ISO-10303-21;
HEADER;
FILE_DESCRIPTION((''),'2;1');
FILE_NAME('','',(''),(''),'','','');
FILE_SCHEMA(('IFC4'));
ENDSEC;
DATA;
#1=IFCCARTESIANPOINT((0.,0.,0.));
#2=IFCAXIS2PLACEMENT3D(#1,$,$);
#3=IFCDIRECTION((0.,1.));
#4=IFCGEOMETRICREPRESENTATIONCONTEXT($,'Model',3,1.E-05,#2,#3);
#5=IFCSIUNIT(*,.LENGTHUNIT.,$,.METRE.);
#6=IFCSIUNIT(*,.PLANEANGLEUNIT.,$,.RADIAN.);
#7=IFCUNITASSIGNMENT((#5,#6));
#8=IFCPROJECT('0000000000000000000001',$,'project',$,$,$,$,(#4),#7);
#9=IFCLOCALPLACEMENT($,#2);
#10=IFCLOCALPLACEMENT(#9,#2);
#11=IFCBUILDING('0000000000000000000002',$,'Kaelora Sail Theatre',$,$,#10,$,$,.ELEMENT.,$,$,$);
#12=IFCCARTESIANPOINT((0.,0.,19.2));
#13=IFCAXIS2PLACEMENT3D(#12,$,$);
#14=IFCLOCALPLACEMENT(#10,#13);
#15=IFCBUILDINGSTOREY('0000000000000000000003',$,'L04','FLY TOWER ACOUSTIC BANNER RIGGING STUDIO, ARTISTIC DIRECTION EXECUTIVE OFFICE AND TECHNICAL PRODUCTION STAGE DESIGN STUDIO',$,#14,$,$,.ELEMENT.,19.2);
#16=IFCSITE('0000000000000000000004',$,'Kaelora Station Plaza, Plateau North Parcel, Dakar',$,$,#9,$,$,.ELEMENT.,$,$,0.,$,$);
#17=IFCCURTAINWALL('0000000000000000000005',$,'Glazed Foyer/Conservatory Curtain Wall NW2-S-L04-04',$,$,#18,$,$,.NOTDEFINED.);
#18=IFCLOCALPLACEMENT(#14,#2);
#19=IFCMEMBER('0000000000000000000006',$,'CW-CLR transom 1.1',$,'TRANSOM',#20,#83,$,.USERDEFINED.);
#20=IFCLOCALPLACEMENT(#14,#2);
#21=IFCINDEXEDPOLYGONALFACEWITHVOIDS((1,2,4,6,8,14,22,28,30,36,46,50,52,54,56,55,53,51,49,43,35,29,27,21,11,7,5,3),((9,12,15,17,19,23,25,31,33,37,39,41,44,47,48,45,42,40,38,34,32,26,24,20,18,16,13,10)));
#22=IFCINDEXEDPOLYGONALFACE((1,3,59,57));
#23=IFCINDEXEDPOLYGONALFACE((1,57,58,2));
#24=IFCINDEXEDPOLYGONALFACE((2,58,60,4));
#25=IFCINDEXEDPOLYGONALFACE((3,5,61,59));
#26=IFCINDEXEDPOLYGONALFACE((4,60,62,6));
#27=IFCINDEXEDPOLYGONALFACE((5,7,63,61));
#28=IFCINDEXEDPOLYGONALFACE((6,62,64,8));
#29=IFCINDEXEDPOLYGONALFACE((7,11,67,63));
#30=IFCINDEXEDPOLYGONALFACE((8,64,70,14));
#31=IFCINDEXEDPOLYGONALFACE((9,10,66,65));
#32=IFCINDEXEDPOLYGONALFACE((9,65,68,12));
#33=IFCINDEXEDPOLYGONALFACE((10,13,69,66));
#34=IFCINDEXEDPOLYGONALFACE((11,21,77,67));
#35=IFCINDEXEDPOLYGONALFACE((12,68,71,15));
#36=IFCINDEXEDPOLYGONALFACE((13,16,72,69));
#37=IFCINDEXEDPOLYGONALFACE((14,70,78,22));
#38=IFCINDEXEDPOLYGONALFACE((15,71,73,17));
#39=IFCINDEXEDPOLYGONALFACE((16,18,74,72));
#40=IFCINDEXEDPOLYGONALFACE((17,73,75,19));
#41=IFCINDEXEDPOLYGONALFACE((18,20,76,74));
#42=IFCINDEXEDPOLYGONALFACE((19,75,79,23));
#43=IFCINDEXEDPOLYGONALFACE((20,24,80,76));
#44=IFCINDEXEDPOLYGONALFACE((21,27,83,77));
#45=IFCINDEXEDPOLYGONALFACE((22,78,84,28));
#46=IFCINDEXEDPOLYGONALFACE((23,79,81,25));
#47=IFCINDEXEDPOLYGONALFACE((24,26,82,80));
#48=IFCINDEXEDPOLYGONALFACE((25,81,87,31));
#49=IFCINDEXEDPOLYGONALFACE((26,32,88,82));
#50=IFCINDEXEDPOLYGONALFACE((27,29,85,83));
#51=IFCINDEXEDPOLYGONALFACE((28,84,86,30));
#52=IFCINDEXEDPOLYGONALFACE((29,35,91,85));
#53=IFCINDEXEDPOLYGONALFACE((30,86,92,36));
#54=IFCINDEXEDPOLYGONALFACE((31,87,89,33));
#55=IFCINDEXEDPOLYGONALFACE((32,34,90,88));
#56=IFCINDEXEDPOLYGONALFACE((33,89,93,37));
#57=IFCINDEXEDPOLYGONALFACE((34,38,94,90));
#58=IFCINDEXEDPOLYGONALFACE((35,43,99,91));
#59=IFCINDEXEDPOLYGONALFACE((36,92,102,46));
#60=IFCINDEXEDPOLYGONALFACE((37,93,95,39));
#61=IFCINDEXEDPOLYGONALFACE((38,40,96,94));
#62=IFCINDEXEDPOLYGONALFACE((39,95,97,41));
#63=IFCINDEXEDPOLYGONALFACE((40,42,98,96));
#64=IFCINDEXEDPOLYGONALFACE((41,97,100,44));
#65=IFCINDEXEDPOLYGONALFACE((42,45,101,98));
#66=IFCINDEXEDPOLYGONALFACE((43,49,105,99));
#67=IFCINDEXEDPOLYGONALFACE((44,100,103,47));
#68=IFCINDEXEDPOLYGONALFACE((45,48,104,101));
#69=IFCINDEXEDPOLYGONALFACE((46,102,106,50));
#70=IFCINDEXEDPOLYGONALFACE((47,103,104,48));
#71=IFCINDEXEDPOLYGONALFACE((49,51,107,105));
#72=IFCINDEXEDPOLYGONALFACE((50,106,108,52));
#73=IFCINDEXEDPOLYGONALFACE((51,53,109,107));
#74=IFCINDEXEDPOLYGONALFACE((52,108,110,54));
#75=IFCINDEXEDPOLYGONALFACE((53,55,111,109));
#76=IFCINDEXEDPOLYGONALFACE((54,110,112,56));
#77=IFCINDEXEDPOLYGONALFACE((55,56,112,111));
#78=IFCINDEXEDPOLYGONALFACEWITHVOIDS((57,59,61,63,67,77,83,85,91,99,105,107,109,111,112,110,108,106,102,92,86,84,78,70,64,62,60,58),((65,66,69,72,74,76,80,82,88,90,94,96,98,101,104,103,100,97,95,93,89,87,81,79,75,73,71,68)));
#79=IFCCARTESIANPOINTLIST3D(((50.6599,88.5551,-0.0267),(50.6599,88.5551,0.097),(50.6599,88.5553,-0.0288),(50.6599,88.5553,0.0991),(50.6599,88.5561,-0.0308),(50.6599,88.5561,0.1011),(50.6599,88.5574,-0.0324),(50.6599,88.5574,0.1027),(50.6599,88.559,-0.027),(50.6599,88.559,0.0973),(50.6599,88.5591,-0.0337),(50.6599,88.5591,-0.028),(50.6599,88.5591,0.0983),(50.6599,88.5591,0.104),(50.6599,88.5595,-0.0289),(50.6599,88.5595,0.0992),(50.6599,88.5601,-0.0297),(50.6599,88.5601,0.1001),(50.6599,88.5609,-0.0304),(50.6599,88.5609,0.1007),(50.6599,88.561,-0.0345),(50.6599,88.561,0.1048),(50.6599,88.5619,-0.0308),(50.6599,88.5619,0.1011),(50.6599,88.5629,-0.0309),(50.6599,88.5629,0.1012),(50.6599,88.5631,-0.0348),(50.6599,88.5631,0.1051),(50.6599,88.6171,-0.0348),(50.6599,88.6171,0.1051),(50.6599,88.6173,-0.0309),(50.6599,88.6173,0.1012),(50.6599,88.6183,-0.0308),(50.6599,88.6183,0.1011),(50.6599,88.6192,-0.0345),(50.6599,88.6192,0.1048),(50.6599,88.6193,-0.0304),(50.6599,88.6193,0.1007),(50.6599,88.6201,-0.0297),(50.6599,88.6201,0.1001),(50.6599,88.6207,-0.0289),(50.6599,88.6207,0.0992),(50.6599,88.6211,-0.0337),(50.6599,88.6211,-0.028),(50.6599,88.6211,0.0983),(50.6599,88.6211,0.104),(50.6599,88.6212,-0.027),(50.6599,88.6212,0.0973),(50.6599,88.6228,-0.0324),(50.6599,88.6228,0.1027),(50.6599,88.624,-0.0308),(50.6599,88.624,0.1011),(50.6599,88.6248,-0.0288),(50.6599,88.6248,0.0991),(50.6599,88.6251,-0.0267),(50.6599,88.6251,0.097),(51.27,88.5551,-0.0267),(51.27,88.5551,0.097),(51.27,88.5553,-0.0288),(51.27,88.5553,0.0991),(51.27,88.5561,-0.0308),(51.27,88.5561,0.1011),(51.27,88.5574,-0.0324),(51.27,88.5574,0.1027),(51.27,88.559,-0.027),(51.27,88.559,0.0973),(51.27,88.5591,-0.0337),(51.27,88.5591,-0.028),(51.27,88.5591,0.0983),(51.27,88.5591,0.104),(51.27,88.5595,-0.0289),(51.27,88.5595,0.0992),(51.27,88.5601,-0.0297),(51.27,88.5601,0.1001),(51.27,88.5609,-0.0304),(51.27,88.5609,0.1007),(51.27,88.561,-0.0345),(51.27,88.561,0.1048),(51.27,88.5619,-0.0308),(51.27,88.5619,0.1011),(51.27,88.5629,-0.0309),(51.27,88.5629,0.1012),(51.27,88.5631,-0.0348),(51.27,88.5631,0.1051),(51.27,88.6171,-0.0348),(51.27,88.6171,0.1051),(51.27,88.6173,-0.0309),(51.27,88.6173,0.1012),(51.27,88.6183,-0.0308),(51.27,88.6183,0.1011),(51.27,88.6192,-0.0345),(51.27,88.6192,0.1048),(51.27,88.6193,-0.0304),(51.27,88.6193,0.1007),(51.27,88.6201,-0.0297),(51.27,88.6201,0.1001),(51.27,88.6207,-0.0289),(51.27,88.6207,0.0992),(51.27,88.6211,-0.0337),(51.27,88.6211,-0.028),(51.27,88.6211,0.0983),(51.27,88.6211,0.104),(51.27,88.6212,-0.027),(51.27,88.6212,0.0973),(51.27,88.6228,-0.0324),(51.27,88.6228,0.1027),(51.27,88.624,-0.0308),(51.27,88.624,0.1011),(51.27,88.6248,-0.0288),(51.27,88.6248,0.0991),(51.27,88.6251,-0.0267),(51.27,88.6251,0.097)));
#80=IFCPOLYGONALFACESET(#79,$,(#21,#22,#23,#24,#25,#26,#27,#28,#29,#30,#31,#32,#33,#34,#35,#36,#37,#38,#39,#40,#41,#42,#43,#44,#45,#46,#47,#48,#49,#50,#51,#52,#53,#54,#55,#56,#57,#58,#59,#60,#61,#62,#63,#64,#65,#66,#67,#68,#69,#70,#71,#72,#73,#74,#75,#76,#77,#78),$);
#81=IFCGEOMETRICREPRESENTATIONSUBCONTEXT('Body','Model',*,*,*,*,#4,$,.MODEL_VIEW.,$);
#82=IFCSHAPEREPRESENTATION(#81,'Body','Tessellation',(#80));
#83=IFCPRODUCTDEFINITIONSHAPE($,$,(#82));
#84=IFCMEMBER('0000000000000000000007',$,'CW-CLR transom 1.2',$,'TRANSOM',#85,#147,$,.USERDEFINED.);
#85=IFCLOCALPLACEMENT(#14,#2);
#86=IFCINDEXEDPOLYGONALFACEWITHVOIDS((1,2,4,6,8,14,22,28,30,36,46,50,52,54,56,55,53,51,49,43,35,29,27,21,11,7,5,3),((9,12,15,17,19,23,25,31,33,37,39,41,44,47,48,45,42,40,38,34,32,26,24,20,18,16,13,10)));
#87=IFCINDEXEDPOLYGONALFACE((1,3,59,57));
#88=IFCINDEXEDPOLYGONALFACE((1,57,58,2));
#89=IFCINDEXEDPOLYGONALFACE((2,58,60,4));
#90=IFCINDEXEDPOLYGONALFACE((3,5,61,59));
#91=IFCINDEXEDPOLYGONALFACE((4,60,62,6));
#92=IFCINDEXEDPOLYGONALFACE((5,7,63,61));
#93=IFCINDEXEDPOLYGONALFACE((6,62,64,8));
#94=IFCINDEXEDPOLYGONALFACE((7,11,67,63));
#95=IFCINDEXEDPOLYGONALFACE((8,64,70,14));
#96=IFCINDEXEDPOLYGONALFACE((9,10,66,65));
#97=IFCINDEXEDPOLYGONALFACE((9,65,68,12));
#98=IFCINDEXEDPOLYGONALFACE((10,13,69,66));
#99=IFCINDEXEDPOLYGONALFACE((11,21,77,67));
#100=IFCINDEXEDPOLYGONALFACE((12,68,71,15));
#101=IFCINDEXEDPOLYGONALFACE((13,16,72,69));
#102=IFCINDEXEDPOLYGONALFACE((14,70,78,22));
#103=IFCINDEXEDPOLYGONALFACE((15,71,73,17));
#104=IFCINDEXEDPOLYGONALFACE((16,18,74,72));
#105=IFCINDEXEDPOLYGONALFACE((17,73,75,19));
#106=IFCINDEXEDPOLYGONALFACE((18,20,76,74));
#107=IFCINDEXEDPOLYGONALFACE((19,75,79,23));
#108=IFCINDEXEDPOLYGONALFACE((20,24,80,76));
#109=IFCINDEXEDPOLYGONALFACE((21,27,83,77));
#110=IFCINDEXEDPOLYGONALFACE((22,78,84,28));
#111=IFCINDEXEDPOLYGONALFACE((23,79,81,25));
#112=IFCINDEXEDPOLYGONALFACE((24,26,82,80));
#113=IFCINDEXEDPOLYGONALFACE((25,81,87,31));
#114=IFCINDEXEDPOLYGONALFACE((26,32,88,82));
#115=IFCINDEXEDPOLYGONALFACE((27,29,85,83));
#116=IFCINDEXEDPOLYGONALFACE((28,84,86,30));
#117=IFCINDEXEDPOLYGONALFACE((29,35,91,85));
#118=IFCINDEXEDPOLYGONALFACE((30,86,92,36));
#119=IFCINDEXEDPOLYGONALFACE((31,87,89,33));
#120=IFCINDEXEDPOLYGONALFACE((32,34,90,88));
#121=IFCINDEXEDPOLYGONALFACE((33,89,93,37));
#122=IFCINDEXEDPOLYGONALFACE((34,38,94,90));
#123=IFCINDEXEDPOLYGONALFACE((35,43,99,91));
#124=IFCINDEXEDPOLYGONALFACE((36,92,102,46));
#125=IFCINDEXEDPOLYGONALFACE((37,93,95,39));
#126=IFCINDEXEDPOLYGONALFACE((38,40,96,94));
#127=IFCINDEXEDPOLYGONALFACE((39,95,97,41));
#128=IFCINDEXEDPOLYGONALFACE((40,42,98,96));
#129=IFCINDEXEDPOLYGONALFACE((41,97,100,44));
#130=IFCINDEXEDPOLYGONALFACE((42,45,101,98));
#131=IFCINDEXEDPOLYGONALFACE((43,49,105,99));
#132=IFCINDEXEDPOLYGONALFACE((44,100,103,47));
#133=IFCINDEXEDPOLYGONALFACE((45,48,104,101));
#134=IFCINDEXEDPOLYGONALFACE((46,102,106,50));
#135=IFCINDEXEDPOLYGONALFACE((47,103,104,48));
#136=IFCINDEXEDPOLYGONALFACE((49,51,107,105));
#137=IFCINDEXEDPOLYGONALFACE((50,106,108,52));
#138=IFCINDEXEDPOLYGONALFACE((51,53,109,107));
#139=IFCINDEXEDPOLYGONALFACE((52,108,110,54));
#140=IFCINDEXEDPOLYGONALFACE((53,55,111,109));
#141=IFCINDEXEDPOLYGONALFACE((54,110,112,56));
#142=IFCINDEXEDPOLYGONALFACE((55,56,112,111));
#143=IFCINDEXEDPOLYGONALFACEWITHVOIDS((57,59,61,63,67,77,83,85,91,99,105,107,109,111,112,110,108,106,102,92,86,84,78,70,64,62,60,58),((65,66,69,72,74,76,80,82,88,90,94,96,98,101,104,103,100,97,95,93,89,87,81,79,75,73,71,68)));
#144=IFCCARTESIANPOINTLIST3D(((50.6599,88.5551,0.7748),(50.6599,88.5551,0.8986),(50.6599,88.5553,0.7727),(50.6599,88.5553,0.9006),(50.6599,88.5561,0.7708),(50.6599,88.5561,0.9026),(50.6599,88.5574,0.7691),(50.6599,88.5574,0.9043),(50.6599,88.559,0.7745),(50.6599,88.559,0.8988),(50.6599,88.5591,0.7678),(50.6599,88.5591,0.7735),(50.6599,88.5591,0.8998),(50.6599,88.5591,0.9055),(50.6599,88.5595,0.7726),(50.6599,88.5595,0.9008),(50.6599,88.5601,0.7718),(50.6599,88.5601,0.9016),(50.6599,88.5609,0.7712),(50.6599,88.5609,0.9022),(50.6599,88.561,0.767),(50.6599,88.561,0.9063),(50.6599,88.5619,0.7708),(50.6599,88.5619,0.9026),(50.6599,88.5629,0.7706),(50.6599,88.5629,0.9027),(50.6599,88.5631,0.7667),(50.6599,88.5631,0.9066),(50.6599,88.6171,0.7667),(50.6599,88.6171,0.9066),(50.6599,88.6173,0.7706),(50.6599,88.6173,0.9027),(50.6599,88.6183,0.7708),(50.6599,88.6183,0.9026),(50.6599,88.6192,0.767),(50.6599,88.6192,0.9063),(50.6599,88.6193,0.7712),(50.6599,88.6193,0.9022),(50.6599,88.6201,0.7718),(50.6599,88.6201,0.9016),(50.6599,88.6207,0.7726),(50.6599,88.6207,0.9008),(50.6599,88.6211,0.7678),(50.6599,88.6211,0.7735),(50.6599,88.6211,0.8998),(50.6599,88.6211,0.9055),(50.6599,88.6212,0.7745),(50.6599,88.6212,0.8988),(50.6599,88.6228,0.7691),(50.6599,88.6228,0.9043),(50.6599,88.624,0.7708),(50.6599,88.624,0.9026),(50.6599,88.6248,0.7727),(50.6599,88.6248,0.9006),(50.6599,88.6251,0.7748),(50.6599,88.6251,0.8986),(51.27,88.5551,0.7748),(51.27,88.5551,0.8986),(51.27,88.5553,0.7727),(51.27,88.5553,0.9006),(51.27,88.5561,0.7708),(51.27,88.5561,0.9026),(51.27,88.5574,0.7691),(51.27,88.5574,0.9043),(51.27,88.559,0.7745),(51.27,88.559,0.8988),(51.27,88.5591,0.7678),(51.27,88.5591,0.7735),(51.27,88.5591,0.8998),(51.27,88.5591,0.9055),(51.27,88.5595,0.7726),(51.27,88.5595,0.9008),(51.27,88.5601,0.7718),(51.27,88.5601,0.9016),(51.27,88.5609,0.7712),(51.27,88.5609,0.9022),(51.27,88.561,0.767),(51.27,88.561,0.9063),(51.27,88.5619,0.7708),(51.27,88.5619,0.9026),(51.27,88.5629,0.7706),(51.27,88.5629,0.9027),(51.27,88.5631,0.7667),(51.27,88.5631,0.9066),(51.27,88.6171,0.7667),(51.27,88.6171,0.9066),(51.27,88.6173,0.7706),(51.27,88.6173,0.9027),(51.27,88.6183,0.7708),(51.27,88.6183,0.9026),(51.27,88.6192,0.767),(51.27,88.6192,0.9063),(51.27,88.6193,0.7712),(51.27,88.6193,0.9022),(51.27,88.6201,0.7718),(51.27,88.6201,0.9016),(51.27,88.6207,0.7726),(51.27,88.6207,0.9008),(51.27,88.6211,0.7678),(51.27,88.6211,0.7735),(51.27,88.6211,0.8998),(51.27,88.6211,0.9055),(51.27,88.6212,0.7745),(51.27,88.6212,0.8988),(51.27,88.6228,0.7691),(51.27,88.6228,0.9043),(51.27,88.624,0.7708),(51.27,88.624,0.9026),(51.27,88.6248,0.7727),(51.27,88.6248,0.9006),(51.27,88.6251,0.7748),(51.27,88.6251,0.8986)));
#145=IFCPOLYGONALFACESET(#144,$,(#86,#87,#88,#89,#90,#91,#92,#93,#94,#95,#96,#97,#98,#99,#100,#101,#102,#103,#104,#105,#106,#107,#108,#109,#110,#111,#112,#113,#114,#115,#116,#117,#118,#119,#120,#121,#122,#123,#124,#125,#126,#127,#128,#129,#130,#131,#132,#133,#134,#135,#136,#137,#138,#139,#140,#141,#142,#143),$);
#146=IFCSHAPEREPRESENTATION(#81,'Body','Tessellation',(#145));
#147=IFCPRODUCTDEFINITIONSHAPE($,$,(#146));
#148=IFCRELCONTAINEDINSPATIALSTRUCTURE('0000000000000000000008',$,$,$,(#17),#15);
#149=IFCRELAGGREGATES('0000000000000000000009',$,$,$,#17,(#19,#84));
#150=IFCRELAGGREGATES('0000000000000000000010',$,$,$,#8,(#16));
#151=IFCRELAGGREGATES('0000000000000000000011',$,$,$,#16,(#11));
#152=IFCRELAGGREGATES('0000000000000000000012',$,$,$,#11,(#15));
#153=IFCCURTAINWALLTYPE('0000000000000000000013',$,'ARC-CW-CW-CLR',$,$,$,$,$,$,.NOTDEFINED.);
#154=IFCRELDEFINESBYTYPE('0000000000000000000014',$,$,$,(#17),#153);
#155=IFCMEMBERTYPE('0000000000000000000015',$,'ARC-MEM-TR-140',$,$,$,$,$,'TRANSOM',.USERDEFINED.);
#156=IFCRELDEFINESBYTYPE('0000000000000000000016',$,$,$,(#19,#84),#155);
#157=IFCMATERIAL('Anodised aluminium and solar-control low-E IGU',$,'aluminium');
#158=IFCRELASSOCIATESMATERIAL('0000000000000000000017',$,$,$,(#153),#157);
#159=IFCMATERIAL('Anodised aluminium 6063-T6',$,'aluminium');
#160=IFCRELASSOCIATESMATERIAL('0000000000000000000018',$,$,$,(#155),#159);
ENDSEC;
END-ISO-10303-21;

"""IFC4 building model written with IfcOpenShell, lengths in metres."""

from ifc_helpers import new_model, si_unit, direction, frame, origin, origin_2d, place, context, subcontext, project, spatial, hollow_rectangle, extrude, material, material_profile, profile_set, type_object, element, aggregate, save


model = new_model("IFC4")

# Units and contexts
model_context = context("Model", 3, precision=1e-05, world=origin(), true_north=direction((0.0, 1.0)))
body_context = subcontext(model_context, "Body", "Model", "MODEL_VIEW")
ifc_project = project(units=[si_unit("LENGTHUNIT", "METRE"), si_unit("PLANEANGLEUNIT", "RADIAN")], contexts=[model_context])

# Site, building, storey
site_placement = place(None, origin())
site = spatial("IfcSite", under=ifc_project, at=site_placement, Name="Kaelora Station Plaza, Plateau North Parcel, Dakar", CompositionType="ELEMENT", RefElevation=0.0)
building_placement = place(site_placement, origin())
building = spatial("IfcBuilding", under=site, at=building_placement, Name="Kaelora Sail Theatre", CompositionType="ELEMENT")
storey_placement = place(building_placement, frame((0.0, 0.0, 19.2)))
storey = spatial("IfcBuildingStorey", under=building, at=storey_placement, Name="L04", Description="FLY TOWER ACOUSTIC BANNER RIGGING STUDIO, ARTISTIC DIRECTION EXECUTIVE OFFICE AND TECHNICAL PRODUCTION STAGE DESIGN STUDIO", CompositionType="ELEMENT", Elevation=19.2)

# Curtain wall, members
ifc_material_1 = material(Name="Anodised aluminium and solar-control low-E IGU", Category="aluminium")
curtain_wall_type = type_object("IfcCurtainWallType", Name="ARC-CW-CW-CLR", PredefinedType="NOTDEFINED", material=ifc_material_1)
curtain_wall_placement = place(storey_placement, origin())
curtain_wall = element("IfcCurtainWall", 1, at=curtain_wall_placement, inside=storey, type_object=curtain_wall_type, Name="Glazed Foyer/Conservatory Curtain Wall NW2-S-L04-04", PredefinedType="NOTDEFINED")
ifc_material_2 = material(Name="Anodised aluminium 6063-T6", Category="aluminium")
ifc_material_profile_1 = material_profile(ifc_material_2, hollow_rectangle(XDim=0.0701, YDim=0.1399, WallThickness=0.0039, InnerFilletRadius=0.0039, OuterFilletRadius=0.0081, at=origin_2d()), Name="ALU-TRAN 70x140x4")
ifc_profile_set_1 = profile_set([ifc_material_profile_1], Name="Anodised aluminium 6063-T6")
member_type_1 = type_object("IfcMemberType", Name="ARC-MEM-TR-140", ElementType="TRANSOM", PredefinedType="USERDEFINED", material=ifc_profile_set_1)
member_1_placement = place(storey_placement, frame((50.6599, 88.5901, 0.0352), z_axis=(1.0, 0.0, 0.0), x_axis=(0.0, 1.0, 0.0)))
member_1 = element("IfcMember", 2, at=member_1_placement, type_object=member_type_1, Name="CW-CLR transom 1.1", ObjectType="TRANSOM", PredefinedType="USERDEFINED", context=body_context, shape_type="SweptSolid", body=[
    extrude(hollow_rectangle(XDim=0.0701, YDim=0.1399, WallThickness=0.0039, InnerFilletRadius=0.0039, OuterFilletRadius=0.0081, at=origin_2d()), origin(), (0.0, 0.0, 1.0), 0.6101),
])
member_2_placement = place(storey_placement, frame((50.6599, 88.5901, 0.8367), z_axis=(1.0, 0.0, 0.0), x_axis=(0.0, 1.0, 0.0)))
member_2 = element("IfcMember", 3, at=member_2_placement, type_object=member_type_1, Name="CW-CLR transom 1.2", ObjectType="TRANSOM", PredefinedType="USERDEFINED", context=body_context, shape_type="SweptSolid", body=[
    extrude(hollow_rectangle(XDim=0.0701, YDim=0.1399, WallThickness=0.0039, InnerFilletRadius=0.0039, OuterFilletRadius=0.0081, at=origin_2d()), origin(), (0.0, 0.0, 1.0), 0.6101),
])

aggregate(curtain_wall, [member_1, member_2])

save(model, "model.ifc")
